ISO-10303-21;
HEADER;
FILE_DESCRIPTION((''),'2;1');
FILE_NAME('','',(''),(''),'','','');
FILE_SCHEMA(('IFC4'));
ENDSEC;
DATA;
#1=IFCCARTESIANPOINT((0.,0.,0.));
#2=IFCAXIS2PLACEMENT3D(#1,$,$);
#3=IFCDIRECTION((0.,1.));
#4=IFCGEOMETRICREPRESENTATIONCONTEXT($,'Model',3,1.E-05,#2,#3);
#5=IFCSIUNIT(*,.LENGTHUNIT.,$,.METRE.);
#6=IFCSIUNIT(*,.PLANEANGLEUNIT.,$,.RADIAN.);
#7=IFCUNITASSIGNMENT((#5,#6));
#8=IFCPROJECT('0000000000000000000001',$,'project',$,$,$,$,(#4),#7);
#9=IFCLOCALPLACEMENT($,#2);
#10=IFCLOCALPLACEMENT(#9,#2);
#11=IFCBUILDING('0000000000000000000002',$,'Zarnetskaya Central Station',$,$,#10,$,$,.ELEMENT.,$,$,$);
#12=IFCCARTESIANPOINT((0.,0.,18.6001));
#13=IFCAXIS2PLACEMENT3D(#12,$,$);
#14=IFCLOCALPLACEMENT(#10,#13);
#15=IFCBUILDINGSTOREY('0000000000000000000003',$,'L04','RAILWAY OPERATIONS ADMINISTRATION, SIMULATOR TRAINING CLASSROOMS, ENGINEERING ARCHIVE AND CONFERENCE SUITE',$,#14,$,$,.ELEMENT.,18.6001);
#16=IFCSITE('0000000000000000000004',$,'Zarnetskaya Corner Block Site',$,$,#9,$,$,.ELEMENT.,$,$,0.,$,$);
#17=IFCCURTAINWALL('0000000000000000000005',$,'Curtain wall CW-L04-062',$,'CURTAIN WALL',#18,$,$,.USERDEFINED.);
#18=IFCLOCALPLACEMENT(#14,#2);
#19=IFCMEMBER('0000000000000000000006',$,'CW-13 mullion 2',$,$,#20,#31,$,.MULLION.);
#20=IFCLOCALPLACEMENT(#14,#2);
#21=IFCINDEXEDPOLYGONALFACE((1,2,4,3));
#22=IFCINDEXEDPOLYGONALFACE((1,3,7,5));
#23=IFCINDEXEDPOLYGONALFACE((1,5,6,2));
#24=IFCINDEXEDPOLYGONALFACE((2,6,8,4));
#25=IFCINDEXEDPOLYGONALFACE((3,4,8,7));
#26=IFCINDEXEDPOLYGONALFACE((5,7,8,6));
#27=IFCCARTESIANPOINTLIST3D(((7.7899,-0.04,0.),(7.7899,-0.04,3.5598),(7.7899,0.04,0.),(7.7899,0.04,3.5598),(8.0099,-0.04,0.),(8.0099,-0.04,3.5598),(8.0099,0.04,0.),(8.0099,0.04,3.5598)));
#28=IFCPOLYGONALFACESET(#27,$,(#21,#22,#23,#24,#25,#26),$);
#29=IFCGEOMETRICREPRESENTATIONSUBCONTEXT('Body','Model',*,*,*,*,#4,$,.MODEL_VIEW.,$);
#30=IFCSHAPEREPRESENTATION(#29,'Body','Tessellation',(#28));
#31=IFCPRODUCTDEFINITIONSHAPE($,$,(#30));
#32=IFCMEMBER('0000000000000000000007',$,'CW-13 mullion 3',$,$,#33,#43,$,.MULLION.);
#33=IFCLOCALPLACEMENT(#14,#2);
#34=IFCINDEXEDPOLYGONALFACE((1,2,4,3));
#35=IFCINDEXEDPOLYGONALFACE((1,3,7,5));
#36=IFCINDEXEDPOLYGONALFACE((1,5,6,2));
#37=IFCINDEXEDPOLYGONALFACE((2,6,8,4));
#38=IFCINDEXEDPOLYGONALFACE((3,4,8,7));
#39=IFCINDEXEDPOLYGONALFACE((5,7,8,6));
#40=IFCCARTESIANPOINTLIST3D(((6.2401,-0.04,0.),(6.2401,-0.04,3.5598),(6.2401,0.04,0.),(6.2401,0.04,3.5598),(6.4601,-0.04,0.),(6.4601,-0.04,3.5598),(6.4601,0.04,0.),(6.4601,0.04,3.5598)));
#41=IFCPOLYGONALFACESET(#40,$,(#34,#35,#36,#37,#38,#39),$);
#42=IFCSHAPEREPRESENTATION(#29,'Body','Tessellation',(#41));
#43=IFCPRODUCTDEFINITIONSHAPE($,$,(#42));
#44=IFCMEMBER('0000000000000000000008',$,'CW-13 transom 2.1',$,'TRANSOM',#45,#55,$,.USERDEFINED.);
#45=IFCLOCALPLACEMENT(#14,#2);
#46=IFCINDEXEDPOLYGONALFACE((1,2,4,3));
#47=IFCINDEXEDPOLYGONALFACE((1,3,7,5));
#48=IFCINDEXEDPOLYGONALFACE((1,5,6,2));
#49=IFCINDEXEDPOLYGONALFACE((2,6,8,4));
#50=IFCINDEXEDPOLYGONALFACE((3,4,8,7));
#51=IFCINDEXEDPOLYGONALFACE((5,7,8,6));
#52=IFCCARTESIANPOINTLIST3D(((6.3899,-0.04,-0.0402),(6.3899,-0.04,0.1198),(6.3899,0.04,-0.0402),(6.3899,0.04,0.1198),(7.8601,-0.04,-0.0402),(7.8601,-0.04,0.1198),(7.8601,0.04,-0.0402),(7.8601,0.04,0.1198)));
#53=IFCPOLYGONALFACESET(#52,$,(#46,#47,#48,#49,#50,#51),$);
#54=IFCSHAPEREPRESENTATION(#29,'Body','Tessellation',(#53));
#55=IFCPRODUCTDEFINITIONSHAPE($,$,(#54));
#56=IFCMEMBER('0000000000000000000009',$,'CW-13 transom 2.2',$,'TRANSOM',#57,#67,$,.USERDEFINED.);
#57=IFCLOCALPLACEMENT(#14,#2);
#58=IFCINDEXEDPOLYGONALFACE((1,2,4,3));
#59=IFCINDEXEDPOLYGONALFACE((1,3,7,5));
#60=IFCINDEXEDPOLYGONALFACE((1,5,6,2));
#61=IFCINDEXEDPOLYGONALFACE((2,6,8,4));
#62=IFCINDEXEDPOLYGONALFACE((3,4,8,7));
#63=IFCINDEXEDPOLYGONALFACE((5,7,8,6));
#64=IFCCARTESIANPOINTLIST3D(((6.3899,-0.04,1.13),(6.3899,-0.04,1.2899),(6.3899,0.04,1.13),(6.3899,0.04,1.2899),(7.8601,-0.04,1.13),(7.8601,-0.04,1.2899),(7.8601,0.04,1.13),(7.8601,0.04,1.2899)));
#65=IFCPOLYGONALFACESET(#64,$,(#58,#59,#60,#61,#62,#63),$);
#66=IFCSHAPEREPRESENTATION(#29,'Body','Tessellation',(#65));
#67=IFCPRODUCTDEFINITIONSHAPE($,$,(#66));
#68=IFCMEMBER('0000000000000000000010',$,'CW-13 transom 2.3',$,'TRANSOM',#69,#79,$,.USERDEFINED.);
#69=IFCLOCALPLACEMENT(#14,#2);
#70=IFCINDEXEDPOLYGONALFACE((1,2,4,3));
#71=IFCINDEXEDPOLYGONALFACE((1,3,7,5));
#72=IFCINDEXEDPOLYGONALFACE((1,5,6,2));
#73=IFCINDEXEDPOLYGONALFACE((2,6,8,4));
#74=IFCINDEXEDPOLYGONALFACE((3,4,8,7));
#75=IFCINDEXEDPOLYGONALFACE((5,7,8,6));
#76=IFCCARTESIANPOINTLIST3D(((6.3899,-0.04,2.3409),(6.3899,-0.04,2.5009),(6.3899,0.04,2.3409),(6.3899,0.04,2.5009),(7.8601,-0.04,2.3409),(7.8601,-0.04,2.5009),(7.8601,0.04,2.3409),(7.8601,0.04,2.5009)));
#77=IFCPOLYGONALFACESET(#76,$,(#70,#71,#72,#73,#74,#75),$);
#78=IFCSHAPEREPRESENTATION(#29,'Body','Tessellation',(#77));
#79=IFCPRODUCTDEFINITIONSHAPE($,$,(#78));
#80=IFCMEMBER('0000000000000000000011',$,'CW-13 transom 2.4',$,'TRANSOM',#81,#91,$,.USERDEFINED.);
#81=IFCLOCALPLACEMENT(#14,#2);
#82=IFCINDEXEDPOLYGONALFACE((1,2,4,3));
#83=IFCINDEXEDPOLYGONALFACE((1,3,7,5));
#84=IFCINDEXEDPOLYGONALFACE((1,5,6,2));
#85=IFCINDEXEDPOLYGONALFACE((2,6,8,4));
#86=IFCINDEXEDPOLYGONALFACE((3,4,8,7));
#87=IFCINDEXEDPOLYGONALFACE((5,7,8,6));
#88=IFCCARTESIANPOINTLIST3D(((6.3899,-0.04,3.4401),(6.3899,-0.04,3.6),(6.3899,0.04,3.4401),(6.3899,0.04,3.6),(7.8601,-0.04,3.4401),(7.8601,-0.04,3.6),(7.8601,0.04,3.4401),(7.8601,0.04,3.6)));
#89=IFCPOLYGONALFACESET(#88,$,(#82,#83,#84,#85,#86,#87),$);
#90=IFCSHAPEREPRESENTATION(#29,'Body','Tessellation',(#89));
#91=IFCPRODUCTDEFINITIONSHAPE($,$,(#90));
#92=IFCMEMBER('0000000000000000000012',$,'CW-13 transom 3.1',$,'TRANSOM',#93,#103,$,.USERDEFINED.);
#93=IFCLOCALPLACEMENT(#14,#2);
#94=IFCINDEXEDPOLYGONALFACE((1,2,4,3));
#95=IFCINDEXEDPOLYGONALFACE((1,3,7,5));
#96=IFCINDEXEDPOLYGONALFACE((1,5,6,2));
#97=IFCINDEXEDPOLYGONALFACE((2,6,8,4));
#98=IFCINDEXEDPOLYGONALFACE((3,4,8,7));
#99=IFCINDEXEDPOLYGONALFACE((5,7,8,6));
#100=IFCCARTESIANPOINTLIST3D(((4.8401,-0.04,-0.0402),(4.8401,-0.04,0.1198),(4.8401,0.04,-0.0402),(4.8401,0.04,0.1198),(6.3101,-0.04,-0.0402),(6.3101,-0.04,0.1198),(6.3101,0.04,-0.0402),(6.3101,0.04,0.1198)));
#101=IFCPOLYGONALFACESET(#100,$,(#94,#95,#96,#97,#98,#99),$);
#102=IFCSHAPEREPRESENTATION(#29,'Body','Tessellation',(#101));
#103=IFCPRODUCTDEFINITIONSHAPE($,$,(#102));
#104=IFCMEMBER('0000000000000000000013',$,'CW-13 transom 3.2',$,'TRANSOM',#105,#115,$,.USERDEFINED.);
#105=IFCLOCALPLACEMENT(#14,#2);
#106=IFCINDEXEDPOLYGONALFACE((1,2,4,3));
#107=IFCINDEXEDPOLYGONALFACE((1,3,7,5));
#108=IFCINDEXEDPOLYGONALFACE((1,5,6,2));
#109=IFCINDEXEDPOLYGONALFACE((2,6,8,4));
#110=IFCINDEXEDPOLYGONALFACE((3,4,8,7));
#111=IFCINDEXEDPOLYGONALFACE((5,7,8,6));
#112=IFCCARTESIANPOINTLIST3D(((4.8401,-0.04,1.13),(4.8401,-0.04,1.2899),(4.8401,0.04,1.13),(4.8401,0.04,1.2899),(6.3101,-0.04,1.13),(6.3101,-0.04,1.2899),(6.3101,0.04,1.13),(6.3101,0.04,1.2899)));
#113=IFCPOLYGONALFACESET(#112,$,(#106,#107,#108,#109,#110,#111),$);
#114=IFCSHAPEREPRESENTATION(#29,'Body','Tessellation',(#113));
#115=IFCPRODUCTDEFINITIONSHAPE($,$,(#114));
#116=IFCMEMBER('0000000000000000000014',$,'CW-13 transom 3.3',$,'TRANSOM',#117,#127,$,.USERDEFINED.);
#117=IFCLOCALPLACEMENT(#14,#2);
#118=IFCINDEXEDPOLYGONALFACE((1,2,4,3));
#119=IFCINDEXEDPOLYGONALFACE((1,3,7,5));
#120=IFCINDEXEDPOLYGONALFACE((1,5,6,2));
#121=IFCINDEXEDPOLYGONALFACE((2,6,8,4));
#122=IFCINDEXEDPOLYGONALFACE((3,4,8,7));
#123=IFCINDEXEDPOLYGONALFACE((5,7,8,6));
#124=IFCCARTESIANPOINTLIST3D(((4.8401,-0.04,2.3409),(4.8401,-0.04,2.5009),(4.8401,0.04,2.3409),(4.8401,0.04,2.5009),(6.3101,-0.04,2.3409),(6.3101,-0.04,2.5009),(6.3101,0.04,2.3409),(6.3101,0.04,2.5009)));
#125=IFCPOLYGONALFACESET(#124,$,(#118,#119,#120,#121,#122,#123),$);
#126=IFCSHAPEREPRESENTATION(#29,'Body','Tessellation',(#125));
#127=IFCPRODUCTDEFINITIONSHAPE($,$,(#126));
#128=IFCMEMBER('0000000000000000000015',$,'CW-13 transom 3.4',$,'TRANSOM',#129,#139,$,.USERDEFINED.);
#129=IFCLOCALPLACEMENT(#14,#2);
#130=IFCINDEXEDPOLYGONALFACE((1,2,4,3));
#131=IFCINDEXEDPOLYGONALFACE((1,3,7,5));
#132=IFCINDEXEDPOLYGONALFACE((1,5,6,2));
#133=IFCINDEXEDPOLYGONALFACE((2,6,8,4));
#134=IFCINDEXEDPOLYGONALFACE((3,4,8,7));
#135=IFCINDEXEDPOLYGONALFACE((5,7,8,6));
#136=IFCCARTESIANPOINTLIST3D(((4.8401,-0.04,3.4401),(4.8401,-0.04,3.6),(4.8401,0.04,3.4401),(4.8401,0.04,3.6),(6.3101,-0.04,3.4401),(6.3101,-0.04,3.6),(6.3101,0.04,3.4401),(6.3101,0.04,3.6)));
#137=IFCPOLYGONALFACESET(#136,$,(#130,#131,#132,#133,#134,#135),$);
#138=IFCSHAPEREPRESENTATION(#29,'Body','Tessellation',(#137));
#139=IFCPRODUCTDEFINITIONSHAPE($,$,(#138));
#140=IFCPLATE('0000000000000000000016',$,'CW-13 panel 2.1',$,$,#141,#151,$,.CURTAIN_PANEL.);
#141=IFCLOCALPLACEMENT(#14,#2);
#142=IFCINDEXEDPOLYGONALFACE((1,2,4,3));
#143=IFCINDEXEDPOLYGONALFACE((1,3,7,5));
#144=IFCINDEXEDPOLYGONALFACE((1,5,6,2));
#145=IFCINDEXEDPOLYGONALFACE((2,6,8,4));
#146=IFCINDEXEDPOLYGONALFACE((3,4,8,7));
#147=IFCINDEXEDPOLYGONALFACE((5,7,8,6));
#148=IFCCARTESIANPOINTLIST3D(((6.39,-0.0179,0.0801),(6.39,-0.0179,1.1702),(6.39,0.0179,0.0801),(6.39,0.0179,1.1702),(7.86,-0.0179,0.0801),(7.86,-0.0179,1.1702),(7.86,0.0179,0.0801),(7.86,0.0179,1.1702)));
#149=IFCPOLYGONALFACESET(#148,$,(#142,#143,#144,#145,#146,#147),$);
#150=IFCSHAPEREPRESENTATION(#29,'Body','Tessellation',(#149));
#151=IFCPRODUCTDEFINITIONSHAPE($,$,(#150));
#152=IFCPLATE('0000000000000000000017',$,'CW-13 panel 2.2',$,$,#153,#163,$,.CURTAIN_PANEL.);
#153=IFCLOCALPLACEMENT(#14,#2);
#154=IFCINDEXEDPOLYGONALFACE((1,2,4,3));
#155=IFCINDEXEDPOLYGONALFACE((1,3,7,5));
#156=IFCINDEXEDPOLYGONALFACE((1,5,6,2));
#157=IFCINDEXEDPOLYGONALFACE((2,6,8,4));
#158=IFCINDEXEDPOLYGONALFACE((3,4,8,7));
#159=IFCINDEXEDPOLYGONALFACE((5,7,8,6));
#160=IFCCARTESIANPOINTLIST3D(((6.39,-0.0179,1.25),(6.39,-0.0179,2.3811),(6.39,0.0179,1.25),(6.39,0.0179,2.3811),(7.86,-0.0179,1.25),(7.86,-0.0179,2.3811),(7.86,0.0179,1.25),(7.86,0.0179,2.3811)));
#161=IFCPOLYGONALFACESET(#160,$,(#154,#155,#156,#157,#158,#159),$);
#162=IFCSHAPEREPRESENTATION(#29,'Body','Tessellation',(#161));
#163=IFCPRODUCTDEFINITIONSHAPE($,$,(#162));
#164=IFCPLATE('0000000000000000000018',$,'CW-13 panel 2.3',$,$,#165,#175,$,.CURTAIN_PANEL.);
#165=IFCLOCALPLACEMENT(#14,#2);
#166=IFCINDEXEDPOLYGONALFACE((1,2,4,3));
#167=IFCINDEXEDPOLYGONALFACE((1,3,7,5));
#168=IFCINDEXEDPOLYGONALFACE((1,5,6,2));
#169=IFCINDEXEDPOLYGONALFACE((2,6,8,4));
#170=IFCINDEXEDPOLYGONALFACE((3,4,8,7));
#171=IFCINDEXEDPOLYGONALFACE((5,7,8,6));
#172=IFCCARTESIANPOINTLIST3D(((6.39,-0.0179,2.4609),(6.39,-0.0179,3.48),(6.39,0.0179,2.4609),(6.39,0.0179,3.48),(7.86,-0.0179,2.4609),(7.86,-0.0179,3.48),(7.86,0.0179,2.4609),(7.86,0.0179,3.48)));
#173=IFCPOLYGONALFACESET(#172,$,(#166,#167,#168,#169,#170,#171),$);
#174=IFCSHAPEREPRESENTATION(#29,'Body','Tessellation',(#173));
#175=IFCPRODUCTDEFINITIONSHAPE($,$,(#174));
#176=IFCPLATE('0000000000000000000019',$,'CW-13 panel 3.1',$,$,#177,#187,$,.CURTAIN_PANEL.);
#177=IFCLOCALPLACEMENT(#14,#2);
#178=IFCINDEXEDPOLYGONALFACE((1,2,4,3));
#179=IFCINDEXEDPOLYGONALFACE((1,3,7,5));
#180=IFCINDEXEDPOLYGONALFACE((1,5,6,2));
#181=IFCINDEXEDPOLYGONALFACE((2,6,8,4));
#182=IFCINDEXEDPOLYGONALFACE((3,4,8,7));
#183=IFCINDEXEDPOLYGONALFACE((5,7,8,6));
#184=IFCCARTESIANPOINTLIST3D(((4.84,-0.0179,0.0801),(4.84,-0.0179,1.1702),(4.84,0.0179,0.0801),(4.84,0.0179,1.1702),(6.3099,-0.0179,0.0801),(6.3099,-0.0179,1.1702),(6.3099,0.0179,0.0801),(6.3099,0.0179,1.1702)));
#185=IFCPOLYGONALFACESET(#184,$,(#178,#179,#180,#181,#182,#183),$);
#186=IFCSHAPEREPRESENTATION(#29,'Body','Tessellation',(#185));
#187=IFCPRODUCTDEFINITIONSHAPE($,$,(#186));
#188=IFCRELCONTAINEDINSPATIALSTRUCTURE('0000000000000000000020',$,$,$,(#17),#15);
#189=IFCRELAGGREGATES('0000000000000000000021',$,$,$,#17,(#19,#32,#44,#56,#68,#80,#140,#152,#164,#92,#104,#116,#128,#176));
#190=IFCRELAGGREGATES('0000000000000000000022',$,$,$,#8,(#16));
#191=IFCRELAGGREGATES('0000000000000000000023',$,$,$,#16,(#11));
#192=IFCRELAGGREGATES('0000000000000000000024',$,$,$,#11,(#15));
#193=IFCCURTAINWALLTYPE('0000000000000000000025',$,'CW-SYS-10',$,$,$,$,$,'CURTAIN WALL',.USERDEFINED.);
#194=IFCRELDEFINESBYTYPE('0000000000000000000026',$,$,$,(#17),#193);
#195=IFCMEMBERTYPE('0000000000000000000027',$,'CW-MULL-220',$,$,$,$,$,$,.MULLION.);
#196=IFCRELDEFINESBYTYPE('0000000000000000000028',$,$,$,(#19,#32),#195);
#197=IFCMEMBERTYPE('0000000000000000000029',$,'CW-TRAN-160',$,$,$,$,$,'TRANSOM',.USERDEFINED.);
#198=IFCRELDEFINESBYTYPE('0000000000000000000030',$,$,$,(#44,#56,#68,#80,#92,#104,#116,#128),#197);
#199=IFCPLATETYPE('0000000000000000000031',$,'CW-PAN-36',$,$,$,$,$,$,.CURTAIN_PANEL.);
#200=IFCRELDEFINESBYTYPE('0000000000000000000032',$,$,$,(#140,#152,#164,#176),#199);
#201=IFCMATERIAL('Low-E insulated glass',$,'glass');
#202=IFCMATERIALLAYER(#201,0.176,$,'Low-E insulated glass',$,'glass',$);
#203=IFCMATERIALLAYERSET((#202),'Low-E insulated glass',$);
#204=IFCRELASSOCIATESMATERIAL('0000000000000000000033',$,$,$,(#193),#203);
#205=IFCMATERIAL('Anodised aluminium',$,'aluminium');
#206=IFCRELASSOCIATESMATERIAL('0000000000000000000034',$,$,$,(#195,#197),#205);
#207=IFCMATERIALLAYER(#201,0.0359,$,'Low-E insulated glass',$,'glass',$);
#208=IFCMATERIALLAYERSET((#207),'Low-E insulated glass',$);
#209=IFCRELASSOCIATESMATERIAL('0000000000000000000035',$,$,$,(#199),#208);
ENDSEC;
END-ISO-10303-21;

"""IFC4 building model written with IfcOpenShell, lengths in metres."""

from ifc_helpers import new_model, si_unit, direction, frame, origin, origin_2d, place, context, subcontext, project, spatial, rectangle, extrude, material, layer, layer_set, material_profile, profile_set, type_object, element, aggregate, save


model = new_model("IFC4")

# Units and contexts
model_context = context("Model", 3, precision=1e-05, world=origin(), true_north=direction((0.0, 1.0)))
body_context = subcontext(model_context, "Body", "Model", "MODEL_VIEW")
ifc_project = project(units=[si_unit("LENGTHUNIT", "METRE"), si_unit("PLANEANGLEUNIT", "RADIAN")], contexts=[model_context])

# Site, building, storey
site_placement = place(None, origin())
site = spatial("IfcSite", under=ifc_project, at=site_placement, Name="Zarnetskaya Corner Block Site", CompositionType="ELEMENT", RefElevation=0.0)
building_placement = place(site_placement, origin())
building = spatial("IfcBuilding", under=site, at=building_placement, Name="Zarnetskaya Central Station", CompositionType="ELEMENT")
storey_placement = place(building_placement, frame((0.0, 0.0, 18.6001)))
storey = spatial("IfcBuildingStorey", under=building, at=storey_placement, Name="L04", Description="RAILWAY OPERATIONS ADMINISTRATION, SIMULATOR TRAINING CLASSROOMS, ENGINEERING ARCHIVE AND CONFERENCE SUITE", CompositionType="ELEMENT", Elevation=18.6001)

# Curtain wall, members, plates
ifc_material_1 = material(Name="Low-E insulated glass", Category="glass")
ifc_layer_1 = layer(ifc_material_1, 0.176, Name="Low-E insulated glass", Category="glass")
ifc_layer_set_1 = layer_set([ifc_layer_1], Name="Low-E insulated glass")
curtain_wall_type = type_object("IfcCurtainWallType", Name="CW-SYS-10", ElementType="CURTAIN WALL", PredefinedType="USERDEFINED", material=ifc_layer_set_1)
curtain_wall_placement = place(storey_placement, origin())
curtain_wall = element("IfcCurtainWall", 1, at=curtain_wall_placement, inside=storey, type_object=curtain_wall_type, Name="Curtain wall CW-L04-062", ObjectType="CURTAIN WALL", PredefinedType="USERDEFINED")
ifc_material_2 = material(Name="Anodised aluminium", Category="aluminium")
ifc_material_profile_1 = material_profile(ifc_material_2, rectangle(XDim=0.0801, YDim=0.22, at=origin_2d()), Name="ALU MULL 80x220")
ifc_profile_set_1 = profile_set([ifc_material_profile_1], Name="Anodised aluminium")
member_type_1 = type_object("IfcMemberType", Name="CW-MULL-220", PredefinedType="MULLION", material=ifc_profile_set_1)
member_1_placement = place(storey_placement, frame((7.8999, 0.0, 0.0), z_axis=(0.0, 0.0, 1.0), x_axis=(0.0, -1.0, 0.0)))
member_1 = element("IfcMember", 2, at=member_1_placement, type_object=member_type_1, Name="CW-13 mullion 2", PredefinedType="MULLION", context=body_context, shape_type="SweptSolid", body=[
    extrude(rectangle(XDim=0.0801, YDim=0.22, at=origin_2d()), origin(), (0.0, 0.0, 1.0), 3.5598),
])
member_2_placement = place(storey_placement, frame((6.3501, 0.0, 0.0), z_axis=(0.0, 0.0, 1.0), x_axis=(0.0, -1.0, 0.0)))
member_2 = element("IfcMember", 3, at=member_2_placement, type_object=member_type_1, Name="CW-13 mullion 3", PredefinedType="MULLION", context=body_context, shape_type="SweptSolid", body=[
    extrude(rectangle(XDim=0.0801, YDim=0.22, at=origin_2d()), origin(), (0.0, 0.0, 1.0), 3.5598),
])
ifc_material_profile_2 = material_profile(ifc_material_2, rectangle(XDim=0.0801, YDim=0.1599, at=origin_2d()), Name="ALU TRAN 80x160")
ifc_profile_set_2 = profile_set([ifc_material_profile_2], Name="Anodised aluminium")
member_type_2 = type_object("IfcMemberType", Name="CW-TRAN-160", ElementType="TRANSOM", PredefinedType="USERDEFINED", material=ifc_profile_set_2)
member_3_placement = place(storey_placement, frame((7.8601, 0.0, 0.0398), z_axis=(-1.0, 0.0, 0.0), x_axis=(0.0, -1.0, 0.0)))
member_3 = element("IfcMember", 4, at=member_3_placement, type_object=member_type_2, Name="CW-13 transom 2.1", ObjectType="TRANSOM", PredefinedType="USERDEFINED", context=body_context, shape_type="SweptSolid", body=[
    extrude(rectangle(XDim=0.0801, YDim=0.1599, at=origin_2d()), origin(), (0.0, 0.0, 1.0), 1.4702),
])
member_4_placement = place(storey_placement, frame((7.8601, 0.0, 1.21), z_axis=(-1.0, 0.0, 0.0), x_axis=(0.0, -1.0, 0.0)))
member_4 = element("IfcMember", 5, at=member_4_placement, type_object=member_type_2, Name="CW-13 transom 2.2", ObjectType="TRANSOM", PredefinedType="USERDEFINED", context=body_context, shape_type="SweptSolid", body=[
    extrude(rectangle(XDim=0.0801, YDim=0.1599, at=origin_2d()), origin(), (0.0, 0.0, 1.0), 1.4702),
])
member_5_placement = place(storey_placement, frame((7.8601, 0.0, 2.4209), z_axis=(-1.0, 0.0, 0.0), x_axis=(0.0, -1.0, 0.0)))
member_5 = element("IfcMember", 6, at=member_5_placement, type_object=member_type_2, Name="CW-13 transom 2.3", ObjectType="TRANSOM", PredefinedType="USERDEFINED", context=body_context, shape_type="SweptSolid", body=[
    extrude(rectangle(XDim=0.0801, YDim=0.1599, at=origin_2d()), origin(), (0.0, 0.0, 1.0), 1.4702),
])
member_6_placement = place(storey_placement, frame((7.8601, 0.0, 3.52), z_axis=(-1.0, 0.0, 0.0), x_axis=(0.0, -1.0, 0.0)))
member_6 = element("IfcMember", 7, at=member_6_placement, type_object=member_type_2, Name="CW-13 transom 2.4", ObjectType="TRANSOM", PredefinedType="USERDEFINED", context=body_context, shape_type="SweptSolid", body=[
    extrude(rectangle(XDim=0.0801, YDim=0.1599, at=origin_2d()), origin(), (0.0, 0.0, 1.0), 1.4702),
])
member_7_placement = place(storey_placement, frame((6.3101, 0.0, 0.0398), z_axis=(-1.0, 0.0, 0.0), x_axis=(0.0, -1.0, 0.0)))
member_7 = element("IfcMember", 8, at=member_7_placement, type_object=member_type_2, Name="CW-13 transom 3.1", ObjectType="TRANSOM", PredefinedType="USERDEFINED", context=body_context, shape_type="SweptSolid", body=[
    extrude(rectangle(XDim=0.0801, YDim=0.1599, at=origin_2d()), origin(), (0.0, 0.0, 1.0), 1.47),
])
member_8_placement = place(storey_placement, frame((6.3101, 0.0, 1.21), z_axis=(-1.0, 0.0, 0.0), x_axis=(0.0, -1.0, 0.0)))
member_8 = element("IfcMember", 9, at=member_8_placement, type_object=member_type_2, Name="CW-13 transom 3.2", ObjectType="TRANSOM", PredefinedType="USERDEFINED", context=body_context, shape_type="SweptSolid", body=[
    extrude(rectangle(XDim=0.0801, YDim=0.1599, at=origin_2d()), origin(), (0.0, 0.0, 1.0), 1.47),
])
member_9_placement = place(storey_placement, frame((6.3101, 0.0, 2.4209), z_axis=(-1.0, 0.0, 0.0), x_axis=(0.0, -1.0, 0.0)))
member_9 = element("IfcMember", 10, at=member_9_placement, type_object=member_type_2, Name="CW-13 transom 3.3", ObjectType="TRANSOM", PredefinedType="USERDEFINED", context=body_context, shape_type="SweptSolid", body=[
    extrude(rectangle(XDim=0.0801, YDim=0.1599, at=origin_2d()), origin(), (0.0, 0.0, 1.0), 1.47),
])
member_10_placement = place(storey_placement, frame((6.3101, 0.0, 3.52), z_axis=(-1.0, 0.0, 0.0), x_axis=(0.0, -1.0, 0.0)))
member_10 = element("IfcMember", 11, at=member_10_placement, type_object=member_type_2, Name="CW-13 transom 3.4", ObjectType="TRANSOM", PredefinedType="USERDEFINED", context=body_context, shape_type="SweptSolid", body=[
    extrude(rectangle(XDim=0.0801, YDim=0.1599, at=origin_2d()), origin(), (0.0, 0.0, 1.0), 1.47),
])
ifc_layer_2 = layer(ifc_material_1, 0.0359, Name="Low-E insulated glass", Category="glass")
ifc_layer_set_2 = layer_set([ifc_layer_2], Name="Low-E insulated glass")
plate_type = type_object("IfcPlateType", Name="CW-PAN-36", PredefinedType="CURTAIN_PANEL", material=ifc_layer_set_2)
plate_1_placement = place(storey_placement, frame((7.125, 0.0, 0.0801), z_axis=(0.0, 0.0, 1.0), x_axis=(-1.0, 0.0, 0.0)))
plate_1 = element("IfcPlate", 12, at=plate_1_placement, type_object=plate_type, Name="CW-13 panel 2.1", PredefinedType="CURTAIN_PANEL", context=body_context, shape_type="SweptSolid", body=[
    extrude(rectangle(XDim=1.47, YDim=0.0359, at=origin_2d()), origin(), (0.0, 0.0, 1.0), 1.0901),
])
plate_2_placement = place(storey_placement, frame((7.125, 0.0, 1.25), z_axis=(0.0, 0.0, 1.0), x_axis=(-1.0, 0.0, 0.0)))
plate_2 = element("IfcPlate", 13, at=plate_2_placement, type_object=plate_type, Name="CW-13 panel 2.2", PredefinedType="CURTAIN_PANEL", context=body_context, shape_type="SweptSolid", body=[
    extrude(rectangle(XDim=1.47, YDim=0.0359, at=origin_2d()), origin(), (0.0, 0.0, 1.0), 1.1311),
])
plate_3_placement = place(storey_placement, frame((7.125, 0.0, 2.4609), z_axis=(0.0, 0.0, 1.0), x_axis=(-1.0, 0.0, 0.0)))
plate_3 = element("IfcPlate", 14, at=plate_3_placement, type_object=plate_type, Name="CW-13 panel 2.3", PredefinedType="CURTAIN_PANEL", context=body_context, shape_type="SweptSolid", body=[
    extrude(rectangle(XDim=1.47, YDim=0.0359, at=origin_2d()), origin(), (0.0, 0.0, 1.0), 1.019),
])
plate_4_placement = place(storey_placement, frame((5.575, 0.0, 0.0801), z_axis=(0.0, 0.0, 1.0), x_axis=(-1.0, 0.0, 0.0)))
plate_4 = element("IfcPlate", 15, at=plate_4_placement, type_object=plate_type, Name="CW-13 panel 3.1", PredefinedType="CURTAIN_PANEL", context=body_context, shape_type="SweptSolid", body=[
    extrude(rectangle(XDim=1.47, YDim=0.0359, at=origin_2d()), origin(), (0.0, 0.0, 1.0), 1.0901),
])
aggregate(curtain_wall, [member_1, member_2, member_3, member_4, member_5, member_6, plate_1, plate_2, plate_3, member_7, member_8, member_9, member_10, plate_4])

save(model, "model.ifc")
